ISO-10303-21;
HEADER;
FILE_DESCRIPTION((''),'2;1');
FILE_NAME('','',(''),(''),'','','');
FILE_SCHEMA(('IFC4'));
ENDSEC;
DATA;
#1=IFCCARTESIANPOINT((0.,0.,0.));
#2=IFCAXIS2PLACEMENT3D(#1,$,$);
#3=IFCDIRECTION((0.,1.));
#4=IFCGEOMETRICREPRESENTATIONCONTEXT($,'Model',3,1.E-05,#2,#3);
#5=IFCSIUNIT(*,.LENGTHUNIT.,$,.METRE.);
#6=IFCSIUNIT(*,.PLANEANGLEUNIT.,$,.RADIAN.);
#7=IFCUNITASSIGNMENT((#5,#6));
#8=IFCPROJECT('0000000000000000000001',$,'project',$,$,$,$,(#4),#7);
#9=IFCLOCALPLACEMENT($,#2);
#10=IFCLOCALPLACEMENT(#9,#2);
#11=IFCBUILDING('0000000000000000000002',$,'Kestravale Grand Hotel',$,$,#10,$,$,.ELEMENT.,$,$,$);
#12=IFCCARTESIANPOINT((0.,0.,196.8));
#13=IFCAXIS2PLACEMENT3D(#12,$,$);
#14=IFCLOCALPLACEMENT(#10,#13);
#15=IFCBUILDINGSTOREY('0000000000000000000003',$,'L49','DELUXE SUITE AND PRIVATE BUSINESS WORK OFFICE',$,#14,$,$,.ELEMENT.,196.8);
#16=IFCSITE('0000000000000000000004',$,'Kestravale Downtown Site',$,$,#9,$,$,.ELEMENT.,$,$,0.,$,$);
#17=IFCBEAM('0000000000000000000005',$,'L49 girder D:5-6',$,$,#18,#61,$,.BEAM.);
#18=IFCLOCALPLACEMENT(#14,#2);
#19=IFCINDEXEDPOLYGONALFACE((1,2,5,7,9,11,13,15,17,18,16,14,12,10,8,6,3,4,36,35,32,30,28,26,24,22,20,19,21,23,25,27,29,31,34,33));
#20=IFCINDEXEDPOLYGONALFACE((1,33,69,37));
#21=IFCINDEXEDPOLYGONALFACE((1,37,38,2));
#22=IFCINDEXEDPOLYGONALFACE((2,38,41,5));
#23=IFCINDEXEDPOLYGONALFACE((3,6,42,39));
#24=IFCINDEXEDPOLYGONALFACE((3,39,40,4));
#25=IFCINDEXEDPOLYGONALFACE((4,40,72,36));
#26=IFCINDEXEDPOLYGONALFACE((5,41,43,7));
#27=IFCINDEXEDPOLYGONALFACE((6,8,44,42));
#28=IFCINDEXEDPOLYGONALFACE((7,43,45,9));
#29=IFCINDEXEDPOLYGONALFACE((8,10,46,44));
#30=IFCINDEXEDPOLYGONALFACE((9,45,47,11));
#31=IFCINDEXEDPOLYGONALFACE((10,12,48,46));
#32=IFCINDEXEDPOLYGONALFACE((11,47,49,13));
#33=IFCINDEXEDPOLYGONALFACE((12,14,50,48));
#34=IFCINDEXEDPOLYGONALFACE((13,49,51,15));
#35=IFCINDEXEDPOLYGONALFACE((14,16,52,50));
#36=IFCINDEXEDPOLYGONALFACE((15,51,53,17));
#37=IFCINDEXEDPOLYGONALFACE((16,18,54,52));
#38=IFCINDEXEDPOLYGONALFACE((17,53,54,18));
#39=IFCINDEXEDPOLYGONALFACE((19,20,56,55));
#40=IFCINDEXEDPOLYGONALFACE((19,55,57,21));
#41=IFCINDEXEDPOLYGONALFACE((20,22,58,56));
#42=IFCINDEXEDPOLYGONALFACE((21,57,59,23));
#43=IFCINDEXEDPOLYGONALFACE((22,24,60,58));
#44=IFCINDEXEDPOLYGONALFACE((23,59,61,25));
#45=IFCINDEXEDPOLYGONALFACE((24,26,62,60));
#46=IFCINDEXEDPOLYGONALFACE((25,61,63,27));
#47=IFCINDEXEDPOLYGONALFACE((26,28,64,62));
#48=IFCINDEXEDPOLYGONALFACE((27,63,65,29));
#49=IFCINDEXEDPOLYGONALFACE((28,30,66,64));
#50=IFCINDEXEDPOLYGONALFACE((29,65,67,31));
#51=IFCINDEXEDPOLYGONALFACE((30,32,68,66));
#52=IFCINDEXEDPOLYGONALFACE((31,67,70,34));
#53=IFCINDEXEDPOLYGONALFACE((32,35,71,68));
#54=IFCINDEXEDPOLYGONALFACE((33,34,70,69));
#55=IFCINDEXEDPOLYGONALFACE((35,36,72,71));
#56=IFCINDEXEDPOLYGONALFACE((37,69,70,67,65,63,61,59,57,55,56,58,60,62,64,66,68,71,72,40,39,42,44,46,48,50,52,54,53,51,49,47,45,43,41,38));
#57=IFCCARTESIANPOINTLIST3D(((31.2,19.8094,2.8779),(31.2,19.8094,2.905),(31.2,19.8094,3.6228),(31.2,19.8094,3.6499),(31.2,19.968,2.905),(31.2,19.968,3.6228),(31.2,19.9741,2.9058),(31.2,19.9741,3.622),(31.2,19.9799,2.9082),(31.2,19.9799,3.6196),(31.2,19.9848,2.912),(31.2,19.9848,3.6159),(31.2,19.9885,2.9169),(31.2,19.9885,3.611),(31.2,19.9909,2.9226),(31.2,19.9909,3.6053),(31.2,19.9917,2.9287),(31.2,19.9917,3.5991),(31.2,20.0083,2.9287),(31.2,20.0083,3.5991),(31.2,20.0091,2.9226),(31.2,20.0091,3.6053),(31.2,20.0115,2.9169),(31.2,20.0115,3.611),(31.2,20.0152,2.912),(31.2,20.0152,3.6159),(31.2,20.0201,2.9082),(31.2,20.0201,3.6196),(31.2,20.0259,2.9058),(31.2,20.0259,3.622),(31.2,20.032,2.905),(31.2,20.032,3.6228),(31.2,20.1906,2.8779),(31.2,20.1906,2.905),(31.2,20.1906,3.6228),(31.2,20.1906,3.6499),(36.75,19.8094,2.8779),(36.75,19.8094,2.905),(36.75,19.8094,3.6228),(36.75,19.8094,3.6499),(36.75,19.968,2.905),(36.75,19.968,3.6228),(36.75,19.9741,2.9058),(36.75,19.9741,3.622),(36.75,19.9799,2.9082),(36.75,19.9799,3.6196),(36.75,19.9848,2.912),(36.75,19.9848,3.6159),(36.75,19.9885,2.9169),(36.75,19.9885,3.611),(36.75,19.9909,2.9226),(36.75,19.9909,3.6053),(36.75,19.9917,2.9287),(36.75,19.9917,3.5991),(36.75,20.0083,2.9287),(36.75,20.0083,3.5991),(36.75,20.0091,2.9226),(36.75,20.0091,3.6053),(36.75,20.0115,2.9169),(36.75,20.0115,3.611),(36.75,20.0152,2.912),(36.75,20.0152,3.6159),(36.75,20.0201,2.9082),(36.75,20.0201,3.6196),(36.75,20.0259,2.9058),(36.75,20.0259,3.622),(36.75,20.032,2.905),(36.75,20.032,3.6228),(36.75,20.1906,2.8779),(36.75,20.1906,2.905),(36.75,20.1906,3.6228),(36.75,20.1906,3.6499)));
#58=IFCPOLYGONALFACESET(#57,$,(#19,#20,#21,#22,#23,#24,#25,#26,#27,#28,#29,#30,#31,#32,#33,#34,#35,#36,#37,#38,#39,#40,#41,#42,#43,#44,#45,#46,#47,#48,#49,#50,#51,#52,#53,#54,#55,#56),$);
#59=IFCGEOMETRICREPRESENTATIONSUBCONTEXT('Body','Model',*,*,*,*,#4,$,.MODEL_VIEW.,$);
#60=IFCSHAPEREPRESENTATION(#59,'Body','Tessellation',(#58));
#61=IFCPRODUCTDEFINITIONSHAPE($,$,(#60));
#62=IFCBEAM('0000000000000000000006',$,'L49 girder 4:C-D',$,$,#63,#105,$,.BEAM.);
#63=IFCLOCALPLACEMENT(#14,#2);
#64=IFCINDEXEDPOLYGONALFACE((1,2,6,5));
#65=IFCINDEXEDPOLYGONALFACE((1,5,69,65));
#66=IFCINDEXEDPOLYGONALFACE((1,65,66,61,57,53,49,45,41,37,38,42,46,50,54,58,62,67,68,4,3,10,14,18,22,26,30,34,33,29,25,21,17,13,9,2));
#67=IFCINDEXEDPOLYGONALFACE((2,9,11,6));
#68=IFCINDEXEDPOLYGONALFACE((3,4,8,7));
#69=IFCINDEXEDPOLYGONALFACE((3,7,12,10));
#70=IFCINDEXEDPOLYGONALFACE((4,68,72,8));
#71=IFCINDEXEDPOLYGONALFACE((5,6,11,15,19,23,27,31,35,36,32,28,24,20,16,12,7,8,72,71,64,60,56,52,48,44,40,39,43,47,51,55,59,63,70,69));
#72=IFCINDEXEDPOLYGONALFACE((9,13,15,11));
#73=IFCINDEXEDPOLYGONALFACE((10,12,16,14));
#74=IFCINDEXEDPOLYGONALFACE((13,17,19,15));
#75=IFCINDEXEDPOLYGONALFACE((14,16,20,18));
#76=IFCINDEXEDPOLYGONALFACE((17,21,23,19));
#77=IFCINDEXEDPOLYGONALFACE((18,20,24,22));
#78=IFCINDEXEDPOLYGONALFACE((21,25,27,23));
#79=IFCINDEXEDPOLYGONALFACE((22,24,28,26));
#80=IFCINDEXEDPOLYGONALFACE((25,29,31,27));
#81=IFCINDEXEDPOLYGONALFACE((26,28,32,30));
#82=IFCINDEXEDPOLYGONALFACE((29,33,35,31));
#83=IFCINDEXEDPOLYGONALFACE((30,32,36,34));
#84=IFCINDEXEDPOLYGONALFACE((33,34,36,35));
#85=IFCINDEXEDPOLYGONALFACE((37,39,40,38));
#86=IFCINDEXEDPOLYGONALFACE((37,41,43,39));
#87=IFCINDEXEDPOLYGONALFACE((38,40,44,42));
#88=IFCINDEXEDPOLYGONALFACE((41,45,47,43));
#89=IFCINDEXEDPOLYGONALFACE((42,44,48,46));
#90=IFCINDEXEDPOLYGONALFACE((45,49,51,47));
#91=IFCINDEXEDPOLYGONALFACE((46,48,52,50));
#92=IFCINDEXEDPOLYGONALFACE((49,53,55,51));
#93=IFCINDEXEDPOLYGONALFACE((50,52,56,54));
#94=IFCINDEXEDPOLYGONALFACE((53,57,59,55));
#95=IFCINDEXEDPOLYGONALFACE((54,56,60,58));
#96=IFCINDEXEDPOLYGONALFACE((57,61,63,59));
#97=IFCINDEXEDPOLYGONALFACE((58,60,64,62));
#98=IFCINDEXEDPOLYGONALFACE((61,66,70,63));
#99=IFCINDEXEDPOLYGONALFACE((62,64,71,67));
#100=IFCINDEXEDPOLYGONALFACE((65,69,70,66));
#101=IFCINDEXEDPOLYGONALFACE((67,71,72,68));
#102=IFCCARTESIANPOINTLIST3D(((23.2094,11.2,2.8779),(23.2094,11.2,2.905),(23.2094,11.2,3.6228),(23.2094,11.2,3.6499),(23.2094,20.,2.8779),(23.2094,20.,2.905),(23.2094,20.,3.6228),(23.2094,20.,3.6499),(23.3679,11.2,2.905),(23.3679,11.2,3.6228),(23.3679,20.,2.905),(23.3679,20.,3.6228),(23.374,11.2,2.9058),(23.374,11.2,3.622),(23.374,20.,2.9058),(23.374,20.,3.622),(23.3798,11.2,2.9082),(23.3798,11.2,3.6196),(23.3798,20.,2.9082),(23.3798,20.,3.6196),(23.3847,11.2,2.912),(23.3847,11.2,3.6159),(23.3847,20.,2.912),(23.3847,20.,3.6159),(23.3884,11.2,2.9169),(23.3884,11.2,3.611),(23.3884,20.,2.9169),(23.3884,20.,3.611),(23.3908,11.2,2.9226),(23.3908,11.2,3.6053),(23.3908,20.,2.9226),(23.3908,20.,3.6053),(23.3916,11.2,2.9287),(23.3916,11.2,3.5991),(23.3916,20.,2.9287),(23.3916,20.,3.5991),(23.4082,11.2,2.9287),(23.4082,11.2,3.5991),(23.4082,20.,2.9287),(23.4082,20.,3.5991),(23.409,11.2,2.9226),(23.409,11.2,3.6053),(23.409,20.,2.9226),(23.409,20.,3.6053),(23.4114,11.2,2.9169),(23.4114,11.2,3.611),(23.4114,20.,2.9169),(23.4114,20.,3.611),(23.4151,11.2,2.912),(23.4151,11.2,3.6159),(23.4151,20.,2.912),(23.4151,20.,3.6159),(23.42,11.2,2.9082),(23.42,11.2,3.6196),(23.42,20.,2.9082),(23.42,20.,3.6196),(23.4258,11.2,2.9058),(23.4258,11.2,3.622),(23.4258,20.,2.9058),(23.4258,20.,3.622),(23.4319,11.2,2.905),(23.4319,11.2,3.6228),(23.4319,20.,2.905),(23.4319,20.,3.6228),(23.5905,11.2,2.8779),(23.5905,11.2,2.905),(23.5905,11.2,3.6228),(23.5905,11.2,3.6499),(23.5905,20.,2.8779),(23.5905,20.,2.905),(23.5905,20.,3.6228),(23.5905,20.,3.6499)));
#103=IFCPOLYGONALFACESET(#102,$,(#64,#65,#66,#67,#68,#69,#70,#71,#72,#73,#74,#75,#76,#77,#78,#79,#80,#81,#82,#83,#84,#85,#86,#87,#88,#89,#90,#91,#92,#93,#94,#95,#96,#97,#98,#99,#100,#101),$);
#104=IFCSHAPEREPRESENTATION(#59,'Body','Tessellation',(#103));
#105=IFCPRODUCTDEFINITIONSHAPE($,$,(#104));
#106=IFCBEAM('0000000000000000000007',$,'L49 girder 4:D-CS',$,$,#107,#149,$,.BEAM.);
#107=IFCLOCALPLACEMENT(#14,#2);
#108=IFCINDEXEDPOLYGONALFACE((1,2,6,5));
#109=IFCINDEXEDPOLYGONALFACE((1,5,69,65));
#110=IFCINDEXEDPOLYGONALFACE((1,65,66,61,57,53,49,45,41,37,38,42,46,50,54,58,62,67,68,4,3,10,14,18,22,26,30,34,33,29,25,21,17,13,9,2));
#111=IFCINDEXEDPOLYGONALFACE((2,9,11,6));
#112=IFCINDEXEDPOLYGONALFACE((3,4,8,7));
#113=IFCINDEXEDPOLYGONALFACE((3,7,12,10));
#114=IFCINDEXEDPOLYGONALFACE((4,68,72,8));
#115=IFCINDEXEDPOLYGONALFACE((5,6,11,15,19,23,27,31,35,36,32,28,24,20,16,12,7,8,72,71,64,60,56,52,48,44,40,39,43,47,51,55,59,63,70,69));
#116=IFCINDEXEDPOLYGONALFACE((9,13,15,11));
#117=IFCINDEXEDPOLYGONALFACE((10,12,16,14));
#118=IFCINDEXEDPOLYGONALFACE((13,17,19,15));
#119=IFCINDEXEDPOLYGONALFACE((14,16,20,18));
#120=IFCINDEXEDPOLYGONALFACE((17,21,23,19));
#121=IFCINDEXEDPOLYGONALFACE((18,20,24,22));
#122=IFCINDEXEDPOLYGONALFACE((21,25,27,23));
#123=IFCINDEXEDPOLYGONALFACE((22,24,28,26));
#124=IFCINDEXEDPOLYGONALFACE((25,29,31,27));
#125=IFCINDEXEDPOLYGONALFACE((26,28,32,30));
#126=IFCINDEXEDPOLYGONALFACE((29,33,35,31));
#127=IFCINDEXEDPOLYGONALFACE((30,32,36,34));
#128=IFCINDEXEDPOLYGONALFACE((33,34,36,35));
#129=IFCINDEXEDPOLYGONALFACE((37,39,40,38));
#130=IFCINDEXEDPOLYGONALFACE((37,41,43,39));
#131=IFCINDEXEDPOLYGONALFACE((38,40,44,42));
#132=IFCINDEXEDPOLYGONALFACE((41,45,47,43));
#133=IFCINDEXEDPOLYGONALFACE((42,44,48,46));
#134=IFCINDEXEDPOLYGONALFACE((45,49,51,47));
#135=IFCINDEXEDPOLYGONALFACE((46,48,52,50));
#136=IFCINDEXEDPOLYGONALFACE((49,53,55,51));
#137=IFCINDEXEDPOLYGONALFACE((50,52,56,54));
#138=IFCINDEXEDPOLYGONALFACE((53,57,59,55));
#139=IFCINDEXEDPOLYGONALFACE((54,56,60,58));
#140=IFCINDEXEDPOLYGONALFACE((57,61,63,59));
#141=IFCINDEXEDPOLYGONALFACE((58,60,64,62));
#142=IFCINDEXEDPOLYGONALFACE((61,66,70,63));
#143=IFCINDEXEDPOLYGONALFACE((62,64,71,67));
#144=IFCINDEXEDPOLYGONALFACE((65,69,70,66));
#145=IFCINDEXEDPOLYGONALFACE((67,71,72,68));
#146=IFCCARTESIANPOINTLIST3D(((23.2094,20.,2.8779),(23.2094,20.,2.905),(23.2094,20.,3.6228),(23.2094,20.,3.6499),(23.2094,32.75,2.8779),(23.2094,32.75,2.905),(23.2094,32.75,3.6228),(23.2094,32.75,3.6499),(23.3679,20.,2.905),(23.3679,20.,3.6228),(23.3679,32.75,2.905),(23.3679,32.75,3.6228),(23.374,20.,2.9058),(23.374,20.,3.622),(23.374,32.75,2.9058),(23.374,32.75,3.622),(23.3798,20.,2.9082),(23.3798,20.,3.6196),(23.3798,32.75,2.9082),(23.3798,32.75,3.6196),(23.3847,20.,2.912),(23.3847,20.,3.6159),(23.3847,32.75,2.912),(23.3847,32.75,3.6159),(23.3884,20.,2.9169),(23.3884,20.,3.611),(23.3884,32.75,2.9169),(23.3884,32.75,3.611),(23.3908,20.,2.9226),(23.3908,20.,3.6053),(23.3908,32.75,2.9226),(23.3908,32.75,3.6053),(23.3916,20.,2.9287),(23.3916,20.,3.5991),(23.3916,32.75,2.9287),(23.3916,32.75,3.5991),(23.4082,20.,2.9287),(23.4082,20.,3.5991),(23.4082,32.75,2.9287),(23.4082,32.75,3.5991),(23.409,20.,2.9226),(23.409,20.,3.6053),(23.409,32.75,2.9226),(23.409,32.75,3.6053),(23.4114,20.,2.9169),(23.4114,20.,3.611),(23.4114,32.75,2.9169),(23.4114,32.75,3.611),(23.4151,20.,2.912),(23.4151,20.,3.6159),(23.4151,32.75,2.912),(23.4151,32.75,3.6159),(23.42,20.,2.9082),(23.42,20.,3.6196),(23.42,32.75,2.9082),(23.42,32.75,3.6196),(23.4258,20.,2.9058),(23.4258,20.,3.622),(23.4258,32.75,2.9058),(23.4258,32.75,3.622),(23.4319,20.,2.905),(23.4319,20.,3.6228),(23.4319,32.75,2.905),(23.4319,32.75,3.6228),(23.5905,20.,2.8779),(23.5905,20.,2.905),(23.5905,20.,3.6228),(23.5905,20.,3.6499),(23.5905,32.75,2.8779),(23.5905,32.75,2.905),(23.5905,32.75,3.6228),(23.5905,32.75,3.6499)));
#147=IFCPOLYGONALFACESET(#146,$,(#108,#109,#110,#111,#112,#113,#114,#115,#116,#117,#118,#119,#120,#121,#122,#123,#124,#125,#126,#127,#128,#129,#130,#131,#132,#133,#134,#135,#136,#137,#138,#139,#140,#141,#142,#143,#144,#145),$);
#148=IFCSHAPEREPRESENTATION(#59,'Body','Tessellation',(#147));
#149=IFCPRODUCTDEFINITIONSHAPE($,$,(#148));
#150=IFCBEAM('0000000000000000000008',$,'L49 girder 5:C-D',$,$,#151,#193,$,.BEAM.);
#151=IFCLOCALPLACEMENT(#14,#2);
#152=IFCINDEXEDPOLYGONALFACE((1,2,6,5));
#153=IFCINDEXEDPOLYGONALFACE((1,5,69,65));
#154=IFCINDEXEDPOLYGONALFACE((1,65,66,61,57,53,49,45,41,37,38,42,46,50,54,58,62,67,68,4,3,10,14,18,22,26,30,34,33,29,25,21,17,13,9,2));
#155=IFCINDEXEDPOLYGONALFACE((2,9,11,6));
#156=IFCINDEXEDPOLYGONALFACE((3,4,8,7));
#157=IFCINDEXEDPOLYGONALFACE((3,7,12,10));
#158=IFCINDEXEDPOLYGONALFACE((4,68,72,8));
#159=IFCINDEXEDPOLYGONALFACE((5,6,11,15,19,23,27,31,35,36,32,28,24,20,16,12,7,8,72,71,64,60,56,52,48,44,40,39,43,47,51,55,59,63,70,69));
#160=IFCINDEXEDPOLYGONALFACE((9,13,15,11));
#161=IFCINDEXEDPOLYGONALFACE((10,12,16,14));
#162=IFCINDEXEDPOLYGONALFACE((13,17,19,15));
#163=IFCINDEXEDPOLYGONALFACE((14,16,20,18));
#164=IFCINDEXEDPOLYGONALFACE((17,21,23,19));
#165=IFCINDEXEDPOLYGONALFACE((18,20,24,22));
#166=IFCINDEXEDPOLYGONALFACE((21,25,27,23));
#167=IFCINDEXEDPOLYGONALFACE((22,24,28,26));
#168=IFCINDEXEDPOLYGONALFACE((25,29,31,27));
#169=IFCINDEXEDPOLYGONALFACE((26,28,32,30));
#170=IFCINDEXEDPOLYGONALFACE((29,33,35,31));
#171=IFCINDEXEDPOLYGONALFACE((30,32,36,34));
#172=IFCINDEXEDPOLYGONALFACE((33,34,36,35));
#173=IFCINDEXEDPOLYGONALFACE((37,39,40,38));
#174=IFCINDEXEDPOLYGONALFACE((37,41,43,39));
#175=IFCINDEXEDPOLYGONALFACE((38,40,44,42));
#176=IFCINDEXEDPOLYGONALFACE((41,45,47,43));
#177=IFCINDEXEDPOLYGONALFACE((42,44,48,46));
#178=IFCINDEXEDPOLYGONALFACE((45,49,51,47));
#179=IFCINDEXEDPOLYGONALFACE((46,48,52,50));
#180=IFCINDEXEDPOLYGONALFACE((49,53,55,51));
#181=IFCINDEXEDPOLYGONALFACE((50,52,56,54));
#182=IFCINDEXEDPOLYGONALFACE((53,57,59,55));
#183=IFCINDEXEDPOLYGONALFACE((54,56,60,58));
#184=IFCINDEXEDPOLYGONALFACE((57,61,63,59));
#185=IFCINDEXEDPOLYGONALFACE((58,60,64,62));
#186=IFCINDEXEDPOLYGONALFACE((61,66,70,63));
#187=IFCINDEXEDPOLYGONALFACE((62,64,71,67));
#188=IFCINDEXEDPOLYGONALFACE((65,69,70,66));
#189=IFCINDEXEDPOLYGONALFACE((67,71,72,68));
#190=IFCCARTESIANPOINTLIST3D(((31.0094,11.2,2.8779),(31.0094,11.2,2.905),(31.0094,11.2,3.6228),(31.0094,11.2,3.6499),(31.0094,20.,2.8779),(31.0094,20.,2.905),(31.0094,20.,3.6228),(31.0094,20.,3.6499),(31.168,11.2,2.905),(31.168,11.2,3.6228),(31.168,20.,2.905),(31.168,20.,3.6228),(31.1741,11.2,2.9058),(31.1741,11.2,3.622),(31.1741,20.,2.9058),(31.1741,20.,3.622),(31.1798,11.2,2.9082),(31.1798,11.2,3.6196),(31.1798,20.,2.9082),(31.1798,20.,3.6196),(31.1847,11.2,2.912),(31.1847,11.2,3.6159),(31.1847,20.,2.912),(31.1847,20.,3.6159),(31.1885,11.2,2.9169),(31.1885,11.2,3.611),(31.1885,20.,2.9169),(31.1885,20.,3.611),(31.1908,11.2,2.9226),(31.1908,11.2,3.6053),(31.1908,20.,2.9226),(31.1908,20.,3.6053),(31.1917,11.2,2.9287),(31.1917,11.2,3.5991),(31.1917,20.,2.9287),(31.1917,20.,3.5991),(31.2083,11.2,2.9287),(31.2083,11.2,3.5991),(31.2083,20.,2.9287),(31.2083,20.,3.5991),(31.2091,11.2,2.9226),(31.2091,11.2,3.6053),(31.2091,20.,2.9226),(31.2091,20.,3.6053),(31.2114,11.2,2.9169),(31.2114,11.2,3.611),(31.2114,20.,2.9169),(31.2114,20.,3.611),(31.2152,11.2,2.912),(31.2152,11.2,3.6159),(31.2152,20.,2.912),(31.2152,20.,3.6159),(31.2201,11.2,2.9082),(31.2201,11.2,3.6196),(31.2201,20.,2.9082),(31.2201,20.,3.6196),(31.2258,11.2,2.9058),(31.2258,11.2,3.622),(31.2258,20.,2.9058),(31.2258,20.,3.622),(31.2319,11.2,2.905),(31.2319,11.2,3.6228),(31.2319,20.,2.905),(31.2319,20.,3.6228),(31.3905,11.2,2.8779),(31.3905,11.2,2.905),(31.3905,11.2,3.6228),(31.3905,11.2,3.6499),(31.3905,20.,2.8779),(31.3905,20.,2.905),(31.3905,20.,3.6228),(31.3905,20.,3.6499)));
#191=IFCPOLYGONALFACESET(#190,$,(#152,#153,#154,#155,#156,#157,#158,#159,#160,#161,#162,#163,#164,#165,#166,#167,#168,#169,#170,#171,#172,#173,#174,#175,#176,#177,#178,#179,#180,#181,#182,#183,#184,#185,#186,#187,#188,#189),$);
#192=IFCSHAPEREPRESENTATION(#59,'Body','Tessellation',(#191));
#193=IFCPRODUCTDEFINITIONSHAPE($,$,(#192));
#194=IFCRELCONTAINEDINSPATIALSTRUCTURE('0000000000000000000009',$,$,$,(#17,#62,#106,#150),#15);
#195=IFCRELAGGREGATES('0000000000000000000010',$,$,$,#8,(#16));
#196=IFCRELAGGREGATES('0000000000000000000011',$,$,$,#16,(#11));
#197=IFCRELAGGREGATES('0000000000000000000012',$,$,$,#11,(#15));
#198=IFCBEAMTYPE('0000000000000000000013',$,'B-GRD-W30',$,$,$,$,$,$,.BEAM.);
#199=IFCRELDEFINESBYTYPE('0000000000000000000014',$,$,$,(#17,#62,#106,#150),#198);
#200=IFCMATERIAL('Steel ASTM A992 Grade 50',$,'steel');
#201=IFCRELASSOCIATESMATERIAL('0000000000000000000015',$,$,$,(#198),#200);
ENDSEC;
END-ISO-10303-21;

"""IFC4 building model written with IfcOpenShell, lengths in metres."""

from ifc_helpers import new_model, si_unit, direction, frame, origin, origin_2d, place, context, subcontext, project, spatial, i_section, extrude, material, material_profile, profile_set, type_object, element, save


model = new_model("IFC4")

# Units and contexts
model_context = context("Model", 3, precision=1e-05, world=origin(), true_north=direction((0.0, 1.0)))
body_context = subcontext(model_context, "Body", "Model", "MODEL_VIEW")
ifc_project = project(units=[si_unit("LENGTHUNIT", "METRE"), si_unit("PLANEANGLEUNIT", "RADIAN")], contexts=[model_context])

# Site, building, storey
site_placement = place(None, origin())
site = spatial("IfcSite", under=ifc_project, at=site_placement, Name="Kestravale Downtown Site", CompositionType="ELEMENT", RefElevation=0.0)
building_placement = place(site_placement, origin())
building = spatial("IfcBuilding", under=site, at=building_placement, Name="Kestravale Grand Hotel", CompositionType="ELEMENT")
storey_placement = place(building_placement, frame((0.0, 0.0, 196.8)))
storey = spatial("IfcBuildingStorey", under=building, at=storey_placement, Name="L49", Description="DELUXE SUITE AND PRIVATE BUSINESS WORK OFFICE", CompositionType="ELEMENT", Elevation=196.8)

# Beams
ifc_material_1 = material(Name="Steel ASTM A992 Grade 50", Category="steel")
ifc_material_profile_1 = material_profile(ifc_material_1, i_section(OverallWidth=0.3811, OverallDepth=0.772, WebThickness=0.0166, FlangeThickness=0.0271, FilletRadius=0.0237, at=origin_2d()))
ifc_profile_set_1 = profile_set([ifc_material_profile_1], Name="Steel ASTM A992 Grade 50")
beam_type_1 = type_object("IfcBeamType", Name="B-GRD-W30", PredefinedType="BEAM", material=ifc_profile_set_1)
beam_1_placement = place(storey_placement, frame((31.2, 20.0, 3.2639), z_axis=(1.0, 0.0, 0.0), x_axis=(0.0, 1.0, 0.0)))
element("IfcBeam", 1, at=beam_1_placement, inside=storey, type_object=beam_type_1, Name="L49 girder D:5-6", PredefinedType="BEAM", context=body_context, shape_type="SweptSolid", body=[
    extrude(i_section(OverallWidth=0.3811, OverallDepth=0.772, WebThickness=0.0166, FlangeThickness=0.0271, FilletRadius=0.0237, at=origin_2d()), origin(), (0.0, 0.0, 1.0), 5.55),
])
beam_2_placement = place(storey_placement, frame((23.3999, 11.2, 3.2639), z_axis=(0.0, 1.0, 0.0), x_axis=(-1.0, 0.0, 0.0)))
element("IfcBeam", 2, at=beam_2_placement, inside=storey, type_object=beam_type_1, Name="L49 girder 4:C-D", PredefinedType="BEAM", context=body_context, shape_type="SweptSolid", body=[
    extrude(i_section(OverallWidth=0.3811, OverallDepth=0.772, WebThickness=0.0166, FlangeThickness=0.0271, FilletRadius=0.0237, at=origin_2d()), origin(), (0.0, 0.0, 1.0), 8.8),
])
beam_3_placement = place(storey_placement, frame((23.3999, 20.0, 3.2639), z_axis=(0.0, 1.0, 0.0), x_axis=(-1.0, 0.0, 0.0)))
element("IfcBeam", 3, at=beam_3_placement, inside=storey, type_object=beam_type_1, Name="L49 girder 4:D-CS", PredefinedType="BEAM", context=body_context, shape_type="SweptSolid", body=[
    extrude(i_section(OverallWidth=0.3811, OverallDepth=0.772, WebThickness=0.0166, FlangeThickness=0.0271, FilletRadius=0.0237, at=origin_2d()), origin(), (0.0, 0.0, 1.0), 12.75),
])
beam_4_placement = place(storey_placement, frame((31.2, 11.2, 3.2639), z_axis=(0.0, 1.0, 0.0), x_axis=(-1.0, 0.0, 0.0)))
element("IfcBeam", 4, at=beam_4_placement, inside=storey, type_object=beam_type_1, Name="L49 girder 5:C-D", PredefinedType="BEAM", context=body_context, shape_type="SweptSolid", body=[
    extrude(i_section(OverallWidth=0.3811, OverallDepth=0.772, WebThickness=0.0166, FlangeThickness=0.0271, FilletRadius=0.0237, at=origin_2d()), origin(), (0.0, 0.0, 1.0), 8.8),
])

save(model, "model.ifc")
